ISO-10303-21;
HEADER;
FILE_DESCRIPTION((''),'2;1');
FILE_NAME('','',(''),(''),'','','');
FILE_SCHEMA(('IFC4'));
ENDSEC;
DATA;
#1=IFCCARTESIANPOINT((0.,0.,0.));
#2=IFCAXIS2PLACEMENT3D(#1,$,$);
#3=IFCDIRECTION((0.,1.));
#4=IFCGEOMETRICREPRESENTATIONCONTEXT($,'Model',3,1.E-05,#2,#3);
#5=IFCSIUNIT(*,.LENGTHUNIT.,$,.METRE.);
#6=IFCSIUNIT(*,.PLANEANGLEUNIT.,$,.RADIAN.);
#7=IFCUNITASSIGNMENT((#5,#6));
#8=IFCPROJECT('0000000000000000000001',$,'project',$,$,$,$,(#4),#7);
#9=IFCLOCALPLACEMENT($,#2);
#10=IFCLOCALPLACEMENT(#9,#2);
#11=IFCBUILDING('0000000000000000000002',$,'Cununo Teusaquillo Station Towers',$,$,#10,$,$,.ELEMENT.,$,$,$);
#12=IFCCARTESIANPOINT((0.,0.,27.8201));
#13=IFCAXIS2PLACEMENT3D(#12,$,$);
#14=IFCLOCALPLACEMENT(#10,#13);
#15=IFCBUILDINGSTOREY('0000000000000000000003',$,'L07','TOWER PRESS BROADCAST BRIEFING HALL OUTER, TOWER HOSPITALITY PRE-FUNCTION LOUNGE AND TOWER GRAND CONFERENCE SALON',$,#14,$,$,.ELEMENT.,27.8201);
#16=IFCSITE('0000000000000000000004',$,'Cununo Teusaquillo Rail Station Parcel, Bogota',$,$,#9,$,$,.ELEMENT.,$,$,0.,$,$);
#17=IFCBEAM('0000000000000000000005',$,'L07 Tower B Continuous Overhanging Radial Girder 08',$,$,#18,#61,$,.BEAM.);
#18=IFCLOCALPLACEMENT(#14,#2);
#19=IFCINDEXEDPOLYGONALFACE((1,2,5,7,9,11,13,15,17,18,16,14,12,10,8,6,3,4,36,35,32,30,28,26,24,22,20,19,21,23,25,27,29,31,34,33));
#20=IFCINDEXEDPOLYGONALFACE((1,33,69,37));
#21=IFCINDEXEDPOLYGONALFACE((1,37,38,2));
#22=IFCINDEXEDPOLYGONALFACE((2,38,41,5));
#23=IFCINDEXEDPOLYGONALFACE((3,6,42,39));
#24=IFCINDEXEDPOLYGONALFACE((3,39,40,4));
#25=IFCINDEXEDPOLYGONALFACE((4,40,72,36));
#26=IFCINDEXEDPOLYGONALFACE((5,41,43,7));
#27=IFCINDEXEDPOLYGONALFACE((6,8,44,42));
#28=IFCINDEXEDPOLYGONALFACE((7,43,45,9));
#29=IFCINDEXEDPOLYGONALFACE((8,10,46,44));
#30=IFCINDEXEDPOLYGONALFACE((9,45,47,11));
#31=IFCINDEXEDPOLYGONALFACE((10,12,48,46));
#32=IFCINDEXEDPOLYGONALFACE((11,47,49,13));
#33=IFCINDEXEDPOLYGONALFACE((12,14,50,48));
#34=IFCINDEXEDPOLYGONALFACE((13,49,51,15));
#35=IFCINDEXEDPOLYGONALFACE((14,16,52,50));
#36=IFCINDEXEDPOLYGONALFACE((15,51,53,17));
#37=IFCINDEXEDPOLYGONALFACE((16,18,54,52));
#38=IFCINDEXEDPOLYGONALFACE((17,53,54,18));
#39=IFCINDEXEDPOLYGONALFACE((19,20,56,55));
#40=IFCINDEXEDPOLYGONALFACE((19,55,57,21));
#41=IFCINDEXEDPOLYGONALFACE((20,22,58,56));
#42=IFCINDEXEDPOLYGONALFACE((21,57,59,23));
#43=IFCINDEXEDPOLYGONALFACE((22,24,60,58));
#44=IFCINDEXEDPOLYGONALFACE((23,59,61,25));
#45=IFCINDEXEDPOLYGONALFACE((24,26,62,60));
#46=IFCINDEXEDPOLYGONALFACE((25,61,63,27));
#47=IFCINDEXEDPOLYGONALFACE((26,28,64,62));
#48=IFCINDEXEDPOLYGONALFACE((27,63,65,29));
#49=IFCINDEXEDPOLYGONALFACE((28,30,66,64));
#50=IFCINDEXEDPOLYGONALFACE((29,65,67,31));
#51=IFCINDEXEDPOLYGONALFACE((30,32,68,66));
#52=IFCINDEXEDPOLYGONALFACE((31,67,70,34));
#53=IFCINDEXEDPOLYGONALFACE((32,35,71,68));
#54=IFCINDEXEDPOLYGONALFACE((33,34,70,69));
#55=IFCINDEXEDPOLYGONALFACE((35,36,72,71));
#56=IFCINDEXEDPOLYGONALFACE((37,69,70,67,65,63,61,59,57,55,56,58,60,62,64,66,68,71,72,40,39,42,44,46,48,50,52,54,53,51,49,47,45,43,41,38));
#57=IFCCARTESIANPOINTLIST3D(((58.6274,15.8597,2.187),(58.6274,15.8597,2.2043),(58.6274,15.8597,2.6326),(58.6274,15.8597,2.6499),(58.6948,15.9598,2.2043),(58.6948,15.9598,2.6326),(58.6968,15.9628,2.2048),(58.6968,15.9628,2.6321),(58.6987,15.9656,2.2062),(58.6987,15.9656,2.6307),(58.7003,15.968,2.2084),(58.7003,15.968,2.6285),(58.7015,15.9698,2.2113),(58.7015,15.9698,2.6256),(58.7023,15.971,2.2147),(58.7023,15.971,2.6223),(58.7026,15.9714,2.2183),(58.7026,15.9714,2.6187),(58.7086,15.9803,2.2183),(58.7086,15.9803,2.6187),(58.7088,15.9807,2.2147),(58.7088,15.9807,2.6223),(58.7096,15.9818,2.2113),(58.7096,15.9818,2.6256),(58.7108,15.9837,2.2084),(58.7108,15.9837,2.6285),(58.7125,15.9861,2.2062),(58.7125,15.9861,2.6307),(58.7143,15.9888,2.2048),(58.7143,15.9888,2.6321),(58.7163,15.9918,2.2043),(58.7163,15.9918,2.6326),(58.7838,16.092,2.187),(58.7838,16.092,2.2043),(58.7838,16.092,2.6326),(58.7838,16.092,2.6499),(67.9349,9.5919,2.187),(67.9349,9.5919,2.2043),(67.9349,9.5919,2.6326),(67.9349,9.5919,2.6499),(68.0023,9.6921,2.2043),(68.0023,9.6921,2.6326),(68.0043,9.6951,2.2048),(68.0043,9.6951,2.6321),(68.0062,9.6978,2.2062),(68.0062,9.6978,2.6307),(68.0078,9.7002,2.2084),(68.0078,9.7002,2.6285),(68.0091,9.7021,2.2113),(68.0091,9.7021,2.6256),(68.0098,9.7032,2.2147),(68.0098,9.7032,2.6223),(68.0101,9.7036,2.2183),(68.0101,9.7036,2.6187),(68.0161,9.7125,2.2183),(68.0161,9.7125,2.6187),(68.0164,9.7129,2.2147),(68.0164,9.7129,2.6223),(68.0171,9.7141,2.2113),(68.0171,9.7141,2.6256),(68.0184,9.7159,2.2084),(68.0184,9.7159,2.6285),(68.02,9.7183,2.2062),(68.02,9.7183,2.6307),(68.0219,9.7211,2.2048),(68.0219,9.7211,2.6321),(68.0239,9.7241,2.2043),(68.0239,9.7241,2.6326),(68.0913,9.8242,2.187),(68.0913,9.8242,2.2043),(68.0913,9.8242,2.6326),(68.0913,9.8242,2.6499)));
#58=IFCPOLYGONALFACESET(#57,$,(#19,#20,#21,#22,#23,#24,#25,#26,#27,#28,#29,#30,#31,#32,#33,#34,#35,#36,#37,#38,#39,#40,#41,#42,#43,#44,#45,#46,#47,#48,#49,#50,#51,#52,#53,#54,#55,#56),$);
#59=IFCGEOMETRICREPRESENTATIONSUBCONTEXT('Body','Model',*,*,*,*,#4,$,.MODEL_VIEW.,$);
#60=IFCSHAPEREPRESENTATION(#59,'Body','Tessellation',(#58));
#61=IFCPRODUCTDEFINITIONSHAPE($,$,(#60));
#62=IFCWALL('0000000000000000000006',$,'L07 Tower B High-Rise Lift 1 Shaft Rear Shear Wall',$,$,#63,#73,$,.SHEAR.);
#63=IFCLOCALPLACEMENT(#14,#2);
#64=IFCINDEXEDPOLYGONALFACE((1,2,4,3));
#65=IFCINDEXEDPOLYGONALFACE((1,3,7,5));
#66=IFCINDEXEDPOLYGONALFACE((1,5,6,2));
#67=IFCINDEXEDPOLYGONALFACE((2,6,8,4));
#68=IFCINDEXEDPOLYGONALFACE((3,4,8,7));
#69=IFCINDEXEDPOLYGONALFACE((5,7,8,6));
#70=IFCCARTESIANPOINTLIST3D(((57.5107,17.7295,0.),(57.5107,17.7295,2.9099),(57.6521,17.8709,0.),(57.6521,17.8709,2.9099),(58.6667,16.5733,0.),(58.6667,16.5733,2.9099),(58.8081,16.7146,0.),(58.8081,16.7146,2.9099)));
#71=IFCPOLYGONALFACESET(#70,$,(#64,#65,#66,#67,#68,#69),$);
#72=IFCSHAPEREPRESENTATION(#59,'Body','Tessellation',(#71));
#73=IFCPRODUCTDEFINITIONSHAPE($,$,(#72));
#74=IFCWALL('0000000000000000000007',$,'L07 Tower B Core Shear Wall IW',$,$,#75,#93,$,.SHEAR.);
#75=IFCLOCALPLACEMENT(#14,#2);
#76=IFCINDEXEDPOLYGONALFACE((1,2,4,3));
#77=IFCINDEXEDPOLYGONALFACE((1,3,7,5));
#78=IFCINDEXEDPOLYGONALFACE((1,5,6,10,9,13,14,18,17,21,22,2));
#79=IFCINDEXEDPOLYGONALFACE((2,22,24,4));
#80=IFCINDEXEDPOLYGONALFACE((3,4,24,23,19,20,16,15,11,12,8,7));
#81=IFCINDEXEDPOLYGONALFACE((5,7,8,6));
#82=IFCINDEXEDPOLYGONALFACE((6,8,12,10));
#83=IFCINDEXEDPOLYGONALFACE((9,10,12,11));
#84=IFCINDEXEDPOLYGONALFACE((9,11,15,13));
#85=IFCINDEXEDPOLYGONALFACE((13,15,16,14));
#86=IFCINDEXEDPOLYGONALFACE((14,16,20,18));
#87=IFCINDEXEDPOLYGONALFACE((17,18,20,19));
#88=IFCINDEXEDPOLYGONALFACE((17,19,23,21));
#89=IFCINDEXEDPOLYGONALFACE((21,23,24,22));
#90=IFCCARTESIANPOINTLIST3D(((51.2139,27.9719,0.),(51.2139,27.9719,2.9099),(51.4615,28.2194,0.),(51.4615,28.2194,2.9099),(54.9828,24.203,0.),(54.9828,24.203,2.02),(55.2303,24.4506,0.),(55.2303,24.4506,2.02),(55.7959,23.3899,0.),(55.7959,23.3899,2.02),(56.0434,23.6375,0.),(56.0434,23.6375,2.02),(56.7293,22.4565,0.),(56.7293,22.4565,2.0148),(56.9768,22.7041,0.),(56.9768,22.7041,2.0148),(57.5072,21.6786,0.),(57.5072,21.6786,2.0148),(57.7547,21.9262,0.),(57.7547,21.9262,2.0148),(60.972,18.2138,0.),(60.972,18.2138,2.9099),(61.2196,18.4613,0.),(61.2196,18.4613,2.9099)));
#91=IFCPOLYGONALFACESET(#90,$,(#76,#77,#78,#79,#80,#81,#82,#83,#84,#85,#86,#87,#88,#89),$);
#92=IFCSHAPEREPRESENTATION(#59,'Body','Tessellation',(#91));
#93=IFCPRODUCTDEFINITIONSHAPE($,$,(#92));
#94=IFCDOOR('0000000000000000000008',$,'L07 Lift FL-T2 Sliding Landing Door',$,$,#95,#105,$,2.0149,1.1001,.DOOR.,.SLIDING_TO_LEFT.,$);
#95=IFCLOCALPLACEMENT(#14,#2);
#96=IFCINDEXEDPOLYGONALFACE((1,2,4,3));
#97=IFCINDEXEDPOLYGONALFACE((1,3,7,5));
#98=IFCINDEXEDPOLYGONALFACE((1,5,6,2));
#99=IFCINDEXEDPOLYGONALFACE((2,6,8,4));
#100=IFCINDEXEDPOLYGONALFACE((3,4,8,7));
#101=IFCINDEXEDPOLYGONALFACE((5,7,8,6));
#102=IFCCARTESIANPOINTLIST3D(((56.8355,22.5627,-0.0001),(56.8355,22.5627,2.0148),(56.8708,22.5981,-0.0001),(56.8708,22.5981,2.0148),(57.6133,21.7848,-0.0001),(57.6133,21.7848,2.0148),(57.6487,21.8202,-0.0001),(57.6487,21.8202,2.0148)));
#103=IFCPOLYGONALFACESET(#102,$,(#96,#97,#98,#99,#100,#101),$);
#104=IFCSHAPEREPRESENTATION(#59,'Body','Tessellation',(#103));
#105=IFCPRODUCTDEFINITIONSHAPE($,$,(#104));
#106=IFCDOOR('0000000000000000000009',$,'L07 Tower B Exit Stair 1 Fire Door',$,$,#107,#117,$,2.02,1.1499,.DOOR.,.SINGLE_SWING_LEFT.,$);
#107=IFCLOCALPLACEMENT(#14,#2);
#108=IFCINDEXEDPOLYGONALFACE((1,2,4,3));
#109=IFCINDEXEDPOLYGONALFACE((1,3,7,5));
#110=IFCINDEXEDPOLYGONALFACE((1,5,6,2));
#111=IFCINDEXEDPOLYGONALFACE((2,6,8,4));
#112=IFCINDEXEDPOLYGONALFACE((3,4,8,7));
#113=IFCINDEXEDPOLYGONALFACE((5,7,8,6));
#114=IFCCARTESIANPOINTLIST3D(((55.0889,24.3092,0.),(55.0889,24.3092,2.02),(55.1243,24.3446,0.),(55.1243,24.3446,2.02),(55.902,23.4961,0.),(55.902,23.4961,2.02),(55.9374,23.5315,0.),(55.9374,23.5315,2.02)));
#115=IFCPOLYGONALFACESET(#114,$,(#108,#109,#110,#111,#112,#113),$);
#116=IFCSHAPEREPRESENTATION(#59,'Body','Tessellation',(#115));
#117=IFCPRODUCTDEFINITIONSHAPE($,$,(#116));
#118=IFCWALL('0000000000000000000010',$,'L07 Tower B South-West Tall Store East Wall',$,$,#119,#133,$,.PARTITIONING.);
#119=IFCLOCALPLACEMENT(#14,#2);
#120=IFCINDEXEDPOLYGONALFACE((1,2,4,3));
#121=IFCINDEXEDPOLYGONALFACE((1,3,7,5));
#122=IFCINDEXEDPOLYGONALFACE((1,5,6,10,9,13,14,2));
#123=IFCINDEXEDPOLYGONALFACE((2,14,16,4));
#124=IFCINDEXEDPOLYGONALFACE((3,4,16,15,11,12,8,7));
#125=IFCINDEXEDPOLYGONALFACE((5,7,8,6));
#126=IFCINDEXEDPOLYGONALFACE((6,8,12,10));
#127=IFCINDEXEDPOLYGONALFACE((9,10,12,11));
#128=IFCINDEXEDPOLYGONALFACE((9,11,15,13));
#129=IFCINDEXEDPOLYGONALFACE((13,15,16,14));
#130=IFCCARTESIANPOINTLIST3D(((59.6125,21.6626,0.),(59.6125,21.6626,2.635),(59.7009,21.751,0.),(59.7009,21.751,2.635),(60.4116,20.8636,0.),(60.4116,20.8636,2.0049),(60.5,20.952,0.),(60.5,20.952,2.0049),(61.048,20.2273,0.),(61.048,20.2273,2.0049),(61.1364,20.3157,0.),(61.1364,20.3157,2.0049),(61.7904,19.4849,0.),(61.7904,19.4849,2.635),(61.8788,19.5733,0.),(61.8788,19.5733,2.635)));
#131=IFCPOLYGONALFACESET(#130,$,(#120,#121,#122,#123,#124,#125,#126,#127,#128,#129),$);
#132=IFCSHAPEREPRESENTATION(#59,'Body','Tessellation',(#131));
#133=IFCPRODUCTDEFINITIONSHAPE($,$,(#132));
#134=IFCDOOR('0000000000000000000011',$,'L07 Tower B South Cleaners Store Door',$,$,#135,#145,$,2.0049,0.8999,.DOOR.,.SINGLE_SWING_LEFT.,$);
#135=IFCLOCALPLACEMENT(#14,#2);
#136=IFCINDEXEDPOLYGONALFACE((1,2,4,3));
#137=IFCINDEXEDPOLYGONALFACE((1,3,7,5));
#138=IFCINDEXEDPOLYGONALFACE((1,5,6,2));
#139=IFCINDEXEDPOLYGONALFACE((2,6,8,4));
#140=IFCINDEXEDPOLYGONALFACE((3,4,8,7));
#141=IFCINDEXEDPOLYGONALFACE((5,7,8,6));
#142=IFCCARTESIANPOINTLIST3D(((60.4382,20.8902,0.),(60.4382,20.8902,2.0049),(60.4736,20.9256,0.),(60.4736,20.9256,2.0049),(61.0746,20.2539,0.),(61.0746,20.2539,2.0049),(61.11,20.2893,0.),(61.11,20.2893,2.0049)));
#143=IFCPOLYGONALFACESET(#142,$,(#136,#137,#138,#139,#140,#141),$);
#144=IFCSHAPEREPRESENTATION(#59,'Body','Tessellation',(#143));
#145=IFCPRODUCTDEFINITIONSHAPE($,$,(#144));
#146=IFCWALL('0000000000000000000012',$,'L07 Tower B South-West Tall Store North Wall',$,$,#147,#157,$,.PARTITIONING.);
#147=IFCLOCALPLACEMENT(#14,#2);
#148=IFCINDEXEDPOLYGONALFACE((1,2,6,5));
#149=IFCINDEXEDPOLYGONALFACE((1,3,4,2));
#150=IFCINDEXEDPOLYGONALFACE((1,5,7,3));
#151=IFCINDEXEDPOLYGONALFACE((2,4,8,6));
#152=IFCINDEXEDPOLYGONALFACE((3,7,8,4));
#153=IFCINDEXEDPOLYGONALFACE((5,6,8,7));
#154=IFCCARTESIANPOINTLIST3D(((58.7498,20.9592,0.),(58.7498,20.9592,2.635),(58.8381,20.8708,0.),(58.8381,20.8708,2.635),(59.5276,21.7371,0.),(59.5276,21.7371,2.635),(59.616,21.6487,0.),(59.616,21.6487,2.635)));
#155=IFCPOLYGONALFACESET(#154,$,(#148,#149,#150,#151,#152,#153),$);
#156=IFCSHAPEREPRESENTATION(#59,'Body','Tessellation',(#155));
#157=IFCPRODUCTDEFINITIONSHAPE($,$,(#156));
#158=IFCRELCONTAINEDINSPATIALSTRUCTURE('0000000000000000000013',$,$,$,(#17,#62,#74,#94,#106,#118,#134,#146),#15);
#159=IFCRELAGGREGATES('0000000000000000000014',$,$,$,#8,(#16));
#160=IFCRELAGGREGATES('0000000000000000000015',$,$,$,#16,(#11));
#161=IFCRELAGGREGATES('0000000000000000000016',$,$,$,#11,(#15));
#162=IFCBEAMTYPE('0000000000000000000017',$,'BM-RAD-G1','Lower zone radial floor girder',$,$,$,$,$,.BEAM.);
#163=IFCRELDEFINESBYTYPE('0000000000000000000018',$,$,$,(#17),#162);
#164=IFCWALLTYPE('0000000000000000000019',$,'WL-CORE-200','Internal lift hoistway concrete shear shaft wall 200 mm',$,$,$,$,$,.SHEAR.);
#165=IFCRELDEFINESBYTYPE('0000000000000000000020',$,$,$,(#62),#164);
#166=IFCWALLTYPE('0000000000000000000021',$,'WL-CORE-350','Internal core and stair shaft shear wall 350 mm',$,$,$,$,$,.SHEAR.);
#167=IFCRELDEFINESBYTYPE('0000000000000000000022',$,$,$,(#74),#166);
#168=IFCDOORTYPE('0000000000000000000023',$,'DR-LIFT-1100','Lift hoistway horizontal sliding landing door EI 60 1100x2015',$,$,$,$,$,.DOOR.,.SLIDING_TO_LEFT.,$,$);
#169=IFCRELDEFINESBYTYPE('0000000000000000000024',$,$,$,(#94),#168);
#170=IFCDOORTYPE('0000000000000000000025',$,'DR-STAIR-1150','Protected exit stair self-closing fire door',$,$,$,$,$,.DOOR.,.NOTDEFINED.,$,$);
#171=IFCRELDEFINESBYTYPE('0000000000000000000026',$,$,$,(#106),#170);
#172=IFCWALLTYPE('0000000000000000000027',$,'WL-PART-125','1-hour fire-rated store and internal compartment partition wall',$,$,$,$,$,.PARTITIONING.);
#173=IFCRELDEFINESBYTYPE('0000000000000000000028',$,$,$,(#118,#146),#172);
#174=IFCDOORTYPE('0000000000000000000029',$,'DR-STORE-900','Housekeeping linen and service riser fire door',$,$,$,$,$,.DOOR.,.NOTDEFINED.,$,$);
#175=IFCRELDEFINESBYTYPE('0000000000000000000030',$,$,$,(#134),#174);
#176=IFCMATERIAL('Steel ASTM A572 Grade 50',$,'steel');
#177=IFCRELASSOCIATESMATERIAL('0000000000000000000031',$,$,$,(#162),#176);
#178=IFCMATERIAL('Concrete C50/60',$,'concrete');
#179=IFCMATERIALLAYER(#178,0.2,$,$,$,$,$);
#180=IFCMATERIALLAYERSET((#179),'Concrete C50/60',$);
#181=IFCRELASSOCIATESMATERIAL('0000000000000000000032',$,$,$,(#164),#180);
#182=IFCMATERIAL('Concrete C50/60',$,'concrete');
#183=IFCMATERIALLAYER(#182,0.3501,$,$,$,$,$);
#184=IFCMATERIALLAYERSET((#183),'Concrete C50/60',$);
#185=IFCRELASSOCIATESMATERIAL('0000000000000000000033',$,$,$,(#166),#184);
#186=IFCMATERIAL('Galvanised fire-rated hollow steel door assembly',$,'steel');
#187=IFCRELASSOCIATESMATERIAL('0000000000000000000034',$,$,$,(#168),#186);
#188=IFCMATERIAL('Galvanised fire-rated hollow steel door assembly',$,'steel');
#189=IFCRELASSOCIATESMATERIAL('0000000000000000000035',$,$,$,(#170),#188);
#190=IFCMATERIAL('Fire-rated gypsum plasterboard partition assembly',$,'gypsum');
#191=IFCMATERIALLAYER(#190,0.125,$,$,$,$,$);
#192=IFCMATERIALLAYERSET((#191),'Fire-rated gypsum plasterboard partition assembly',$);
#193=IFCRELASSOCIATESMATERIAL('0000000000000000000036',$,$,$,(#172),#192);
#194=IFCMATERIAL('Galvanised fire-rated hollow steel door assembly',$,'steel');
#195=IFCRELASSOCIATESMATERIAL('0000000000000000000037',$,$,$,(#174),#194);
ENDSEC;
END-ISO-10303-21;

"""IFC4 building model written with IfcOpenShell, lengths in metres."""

from ifc_helpers import new_model, si_unit, direction, frame, frame_2d, origin, origin_2d, place, context, subcontext, project, spatial, rectangle, i_section, extrude, source, transform, mapped, material, layer, layer_set, material_profile, profile_set, type_object, element, fill, save


model = new_model("IFC4")

# Units and contexts
model_context = context("Model", 3, precision=1e-05, world=origin(), true_north=direction((0.0, 1.0)))
body_context = subcontext(model_context, "Body", "Model", "MODEL_VIEW")
ifc_project = project(units=[si_unit("LENGTHUNIT", "METRE"), si_unit("PLANEANGLEUNIT", "RADIAN")], contexts=[model_context])

# Site, building, storey
site_placement = place(None, origin())
site = spatial("IfcSite", under=ifc_project, at=site_placement, Name="Cununo Teusaquillo Rail Station Parcel, Bogota", CompositionType="ELEMENT", RefElevation=0.0)
building_placement = place(site_placement, origin())
building = spatial("IfcBuilding", under=site, at=building_placement, Name="Cununo Teusaquillo Station Towers", CompositionType="ELEMENT")
storey_placement = place(building_placement, frame((0.0, 0.0, 27.8201)))
storey = spatial("IfcBuildingStorey", under=building, at=storey_placement, Name="L07", Description="TOWER PRESS BROADCAST BRIEFING HALL OUTER, TOWER HOSPITALITY PRE-FUNCTION LOUNGE AND TOWER GRAND CONFERENCE SALON", CompositionType="ELEMENT", Elevation=27.8201)

# Beam
ifc_material_1 = material(Name="Steel ASTM A572 Grade 50", Category="steel")
ifc_material_profile_1 = material_profile(ifc_material_1, i_section(OverallWidth=0.28, OverallDepth=0.4629, WebThickness=0.0107, FlangeThickness=0.0173, FilletRadius=0.0139, at=origin_2d()), Name="W18X76")
ifc_profile_set_1 = profile_set([ifc_material_profile_1], Name="Steel ASTM A572 Grade 50")
beam_type_1 = type_object("IfcBeamType", Name="BM-RAD-G1", Description="Lower zone radial floor girder", PredefinedType="BEAM", material=ifc_profile_set_1)
beam_1_placement = place(storey_placement, frame((58.7056, 15.9758, 2.4185), z_axis=(0.829461, -0.558565, 0.0), x_axis=(0.558565, 0.829461, 0.0)))
element("IfcBeam", 1, at=beam_1_placement, inside=storey, type_object=beam_type_1, Name="L07 Tower B Continuous Overhanging Radial Girder 08", PredefinedType="BEAM", context=body_context, shape_type="SweptSolid", body=[
    extrude(i_section(OverallWidth=0.28, OverallDepth=0.4629, WebThickness=0.0107, FlangeThickness=0.0173, FilletRadius=0.0139, at=origin_2d()), origin(), (0.0, 0.0, 1.0), 11.2212),
])

# Wall
ifc_material_2 = material(Name="Concrete C50/60", Category="concrete")
ifc_layer_1 = layer(ifc_material_2, 0.2)
ifc_layer_set_1 = layer_set([ifc_layer_1], Name="Concrete C50/60")
wall_type_1 = type_object("IfcWallType", Name="WL-CORE-200", Description="Internal lift hoistway concrete shear shaft wall 200 mm", PredefinedType="SHEAR", material=ifc_layer_set_1)
wall_1_placement = place(storey_placement, frame((58.7373, 16.644, 0.0), z_axis=(0.0, 0.0, 1.0), x_axis=(-0.707032, 0.707181, 0.0)))
element("IfcWall", 2, at=wall_1_placement, inside=storey, type_object=wall_type_1, Name="L07 Tower B High-Rise Lift 1 Shaft Rear Shear Wall", PredefinedType="SHEAR", context=body_context, shape_type="SweptSolid", body=[
    extrude(rectangle(XDim=1.635, YDim=0.2, at=frame_2d((0.8174, 0.0))), origin(), (0.0, 0.0, 1.0), 2.9099),
])

# Wall, openings, doors
ifc_material_3 = material(Name="Concrete C50/60", Category="concrete")
ifc_layer_2 = layer(ifc_material_3, 0.3501)
ifc_layer_set_2 = layer_set([ifc_layer_2], Name="Concrete C50/60")
wall_type_2 = type_object("IfcWallType", Name="WL-CORE-350", Description="Internal core and stair shaft shear wall 350 mm", PredefinedType="SHEAR", material=ifc_layer_set_2)
wall_2_placement = place(storey_placement, frame((61.0957, 18.3376, 0.0), z_axis=(0.0, 0.0, 1.0), x_axis=(-0.707107, 0.707107, 0.0)))
wall_2 = element("IfcWall", 3, at=wall_2_placement, inside=storey, type_object=wall_type_2, Name="L07 Tower B Core Shear Wall IW", PredefinedType="SHEAR", context=body_context, shape_type="SweptSolid", body=[
    extrude(rectangle(XDim=13.8, YDim=0.3501, at=frame_2d((6.8999, 0.0))), origin(), (0.0, 0.0, 1.0), 2.9099),
])
shared_shape_1 = source(origin(), body_context, "Body", "SweptSolid", [
    extrude(rectangle(XDim=1.1001, YDim=2.0149, at=frame_2d((0.55, 1.0073))), frame((0.0, 0.1851, 0.0), z_axis=(0.0, -1.0, 0.0), x_axis=(1.0, 0.0, 0.0)), (0.0, 0.0, 1.0), 0.3701),
])
opening_1_placement = place(wall_2_placement, frame((4.8999, 0.0, 0.0)))
opening_1 = element("IfcOpeningElement", 4, at=opening_1_placement, cuts=wall_2, PredefinedType="OPENING", context=body_context, shape_type="MappedRepresentation", body=[
    mapped(shared_shape_1, transform((0.0, 0.0, 0.0), x_axis=(1.0, 0.0, 0.0), y_axis=(0.0, 1.0, 0.0), z_axis=(0.0, 0.0, 1.0), scale=1.0)),
])
shared_shape_2 = source(origin(), body_context, "Body", "SweptSolid", [
    extrude(rectangle(XDim=1.1499, YDim=2.02, at=frame_2d((0.575, 1.01))), frame((0.0, 0.1851, 0.0), z_axis=(0.0, -1.0, 0.0), x_axis=(1.0, 0.0, 0.0)), (0.0, 0.0, 1.0), 0.3701),
])
opening_2_placement = place(wall_2_placement, frame((7.3201, 0.0, 0.0)))
opening_2 = element("IfcOpeningElement", 5, at=opening_2_placement, cuts=wall_2, PredefinedType="OPENING", context=body_context, shape_type="MappedRepresentation", body=[
    mapped(shared_shape_2, transform((0.0, 0.0, 0.0), x_axis=(1.0, 0.0, 0.0), y_axis=(0.0, 1.0, 0.0), z_axis=(0.0, 0.0, 1.0), scale=1.0)),
])
ifc_material_4 = material(Name="Galvanised fire-rated hollow steel door assembly", Category="steel")
door_type_1 = type_object("IfcDoorType", Name="DR-LIFT-1100", Description="Lift hoistway horizontal sliding landing door EI 60 1100x2015", OperationType="SLIDING_TO_LEFT", PredefinedType="DOOR", material=ifc_material_4)
shared_shape_3 = source(origin(), body_context, "Body", "SweptSolid", [
    extrude(rectangle(XDim=1.1001, YDim=2.0149, at=frame_2d((0.55, 1.0073))), frame((0.0, 0.0249, 0.0), z_axis=(0.0, -1.0, 0.0), x_axis=(1.0, 0.0, 0.0)), (0.0, 0.0, 1.0), 0.05),
])
door_1_placement = place(opening_1_placement, origin())
door_1 = element("IfcDoor", 6, at=door_1_placement, inside=storey, type_object=door_type_1, Name="L07 Lift FL-T2 Sliding Landing Door", OperationType="SLIDING_TO_LEFT", OverallHeight=2.0149, OverallWidth=1.1001, PredefinedType="DOOR", context=body_context, shape_type="MappedRepresentation", body=[
    mapped(shared_shape_3, transform((0.0, 0.0, 0.0), x_axis=(1.0, 0.0, 0.0), y_axis=(0.0, 1.0, 0.0), z_axis=(0.0, 0.0, 1.0), scale=1.0)),
])
fill(opening_1, door_1)
ifc_material_5 = material(Name="Galvanised fire-rated hollow steel door assembly", Category="steel")
door_type_2 = type_object("IfcDoorType", Name="DR-STAIR-1150", Description="Protected exit stair self-closing fire door", OperationType="NOTDEFINED", PredefinedType="DOOR", material=ifc_material_5)
shared_shape_4 = source(origin(), body_context, "Body", "SweptSolid", [
    extrude(rectangle(XDim=1.1499, YDim=2.02, at=frame_2d((0.575, 1.01))), frame((0.0, 0.0249, 0.0), z_axis=(0.0, -1.0, 0.0), x_axis=(1.0, 0.0, 0.0)), (0.0, 0.0, 1.0), 0.05),
])
door_2_placement = place(opening_2_placement, origin())
door_2 = element("IfcDoor", 7, at=door_2_placement, inside=storey, type_object=door_type_2, Name="L07 Tower B Exit Stair 1 Fire Door", OperationType="SINGLE_SWING_LEFT", OverallHeight=2.02, OverallWidth=1.1499, PredefinedType="DOOR", context=body_context, shape_type="MappedRepresentation", body=[
    mapped(shared_shape_4, transform((0.0, 0.0, 0.0), x_axis=(1.0, 0.0, 0.0), y_axis=(0.0, 1.0, 0.0), z_axis=(0.0, 0.0, 1.0), scale=1.0)),
])
fill(opening_2, door_2)

# Wall, opening, door
ifc_material_6 = material(Name="Fire-rated gypsum plasterboard partition assembly", Category="gypsum")
ifc_layer_3 = layer(ifc_material_6, 0.125)
ifc_layer_set_3 = layer_set([ifc_layer_3], Name="Fire-rated gypsum plasterboard partition assembly")
wall_type_3 = type_object("IfcWallType", Name="WL-PART-125", Description="1-hour fire-rated store and internal compartment partition wall", PredefinedType="PARTITIONING", material=ifc_layer_set_3)
wall_3_placement = place(storey_placement, frame((61.8347, 19.5291, 0.0), z_axis=(0.0, 0.0, 1.0), x_axis=(-0.707146, 0.707067, 0.0)))
wall_3 = element("IfcWall", 8, at=wall_3_placement, inside=storey, type_object=wall_type_3, Name="L07 Tower B South-West Tall Store East Wall", PredefinedType="PARTITIONING", context=body_context, shape_type="SweptSolid", body=[
    extrude(rectangle(XDim=3.0798, YDim=0.125, at=frame_2d((1.54, 0.0))), origin(), (0.0, 0.0, 1.0), 2.635),
])
shared_shape_5 = source(origin(), body_context, "Body", "SweptSolid", [
    extrude(rectangle(XDim=0.8999, YDim=2.0049, at=frame_2d((0.45, 1.0024))), frame((0.0, 0.0725, 0.0), z_axis=(0.0, -1.0, 0.0), x_axis=(1.0, 0.0, 0.0)), (0.0, 0.0, 1.0), 0.145),
])
opening_3_placement = place(wall_3_placement, frame((1.05, 0.0, 0.0)))
opening_3 = element("IfcOpeningElement", 9, at=opening_3_placement, cuts=wall_3, PredefinedType="OPENING", context=body_context, shape_type="MappedRepresentation", body=[
    mapped(shared_shape_5, transform((0.0, 0.0, 0.0), x_axis=(1.0, 0.0, 0.0), y_axis=(0.0, 1.0, 0.0), z_axis=(0.0, 0.0, 1.0), scale=1.0)),
])
ifc_material_7 = material(Name="Galvanised fire-rated hollow steel door assembly", Category="steel")
door_type_3 = type_object("IfcDoorType", Name="DR-STORE-900", Description="Housekeeping linen and service riser fire door", OperationType="NOTDEFINED", PredefinedType="DOOR", material=ifc_material_7)
shared_shape_6 = source(origin(), body_context, "Body", "SweptSolid", [
    extrude(rectangle(XDim=0.8999, YDim=2.0049, at=frame_2d((0.45, 1.0024))), frame((0.0, 0.0249, 0.0), z_axis=(0.0, -1.0, 0.0), x_axis=(1.0, 0.0, 0.0)), (0.0, 0.0, 1.0), 0.05),
])
door_3_placement = place(opening_3_placement, origin())
door_3 = element("IfcDoor", 10, at=door_3_placement, inside=storey, type_object=door_type_3, Name="L07 Tower B South Cleaners Store Door", OperationType="SINGLE_SWING_LEFT", OverallHeight=2.0049, OverallWidth=0.8999, PredefinedType="DOOR", context=body_context, shape_type="MappedRepresentation", body=[
    mapped(shared_shape_6, transform((0.0, 0.0, 0.0), x_axis=(1.0, 0.0, 0.0), y_axis=(0.0, 1.0, 0.0), z_axis=(0.0, 0.0, 1.0), scale=1.0)),
])
fill(opening_3, door_3)

# Wall
wall_4_placement = place(storey_placement, frame((58.7939, 20.915, 0.0), z_axis=(0.0, 0.0, 1.0), x_axis=(0.707107, 0.707107, 0.0)))
element("IfcWall", 11, at=wall_4_placement, inside=storey, type_object=wall_type_3, Name="L07 Tower B South-West Tall Store North Wall", PredefinedType="PARTITIONING", context=body_context, shape_type="SweptSolid", body=[
    extrude(rectangle(XDim=1.1001, YDim=0.125, at=frame_2d((0.55, 0.0))), origin(), (0.0, 0.0, 1.0), 2.635),
])

save(model, "model.ifc")
